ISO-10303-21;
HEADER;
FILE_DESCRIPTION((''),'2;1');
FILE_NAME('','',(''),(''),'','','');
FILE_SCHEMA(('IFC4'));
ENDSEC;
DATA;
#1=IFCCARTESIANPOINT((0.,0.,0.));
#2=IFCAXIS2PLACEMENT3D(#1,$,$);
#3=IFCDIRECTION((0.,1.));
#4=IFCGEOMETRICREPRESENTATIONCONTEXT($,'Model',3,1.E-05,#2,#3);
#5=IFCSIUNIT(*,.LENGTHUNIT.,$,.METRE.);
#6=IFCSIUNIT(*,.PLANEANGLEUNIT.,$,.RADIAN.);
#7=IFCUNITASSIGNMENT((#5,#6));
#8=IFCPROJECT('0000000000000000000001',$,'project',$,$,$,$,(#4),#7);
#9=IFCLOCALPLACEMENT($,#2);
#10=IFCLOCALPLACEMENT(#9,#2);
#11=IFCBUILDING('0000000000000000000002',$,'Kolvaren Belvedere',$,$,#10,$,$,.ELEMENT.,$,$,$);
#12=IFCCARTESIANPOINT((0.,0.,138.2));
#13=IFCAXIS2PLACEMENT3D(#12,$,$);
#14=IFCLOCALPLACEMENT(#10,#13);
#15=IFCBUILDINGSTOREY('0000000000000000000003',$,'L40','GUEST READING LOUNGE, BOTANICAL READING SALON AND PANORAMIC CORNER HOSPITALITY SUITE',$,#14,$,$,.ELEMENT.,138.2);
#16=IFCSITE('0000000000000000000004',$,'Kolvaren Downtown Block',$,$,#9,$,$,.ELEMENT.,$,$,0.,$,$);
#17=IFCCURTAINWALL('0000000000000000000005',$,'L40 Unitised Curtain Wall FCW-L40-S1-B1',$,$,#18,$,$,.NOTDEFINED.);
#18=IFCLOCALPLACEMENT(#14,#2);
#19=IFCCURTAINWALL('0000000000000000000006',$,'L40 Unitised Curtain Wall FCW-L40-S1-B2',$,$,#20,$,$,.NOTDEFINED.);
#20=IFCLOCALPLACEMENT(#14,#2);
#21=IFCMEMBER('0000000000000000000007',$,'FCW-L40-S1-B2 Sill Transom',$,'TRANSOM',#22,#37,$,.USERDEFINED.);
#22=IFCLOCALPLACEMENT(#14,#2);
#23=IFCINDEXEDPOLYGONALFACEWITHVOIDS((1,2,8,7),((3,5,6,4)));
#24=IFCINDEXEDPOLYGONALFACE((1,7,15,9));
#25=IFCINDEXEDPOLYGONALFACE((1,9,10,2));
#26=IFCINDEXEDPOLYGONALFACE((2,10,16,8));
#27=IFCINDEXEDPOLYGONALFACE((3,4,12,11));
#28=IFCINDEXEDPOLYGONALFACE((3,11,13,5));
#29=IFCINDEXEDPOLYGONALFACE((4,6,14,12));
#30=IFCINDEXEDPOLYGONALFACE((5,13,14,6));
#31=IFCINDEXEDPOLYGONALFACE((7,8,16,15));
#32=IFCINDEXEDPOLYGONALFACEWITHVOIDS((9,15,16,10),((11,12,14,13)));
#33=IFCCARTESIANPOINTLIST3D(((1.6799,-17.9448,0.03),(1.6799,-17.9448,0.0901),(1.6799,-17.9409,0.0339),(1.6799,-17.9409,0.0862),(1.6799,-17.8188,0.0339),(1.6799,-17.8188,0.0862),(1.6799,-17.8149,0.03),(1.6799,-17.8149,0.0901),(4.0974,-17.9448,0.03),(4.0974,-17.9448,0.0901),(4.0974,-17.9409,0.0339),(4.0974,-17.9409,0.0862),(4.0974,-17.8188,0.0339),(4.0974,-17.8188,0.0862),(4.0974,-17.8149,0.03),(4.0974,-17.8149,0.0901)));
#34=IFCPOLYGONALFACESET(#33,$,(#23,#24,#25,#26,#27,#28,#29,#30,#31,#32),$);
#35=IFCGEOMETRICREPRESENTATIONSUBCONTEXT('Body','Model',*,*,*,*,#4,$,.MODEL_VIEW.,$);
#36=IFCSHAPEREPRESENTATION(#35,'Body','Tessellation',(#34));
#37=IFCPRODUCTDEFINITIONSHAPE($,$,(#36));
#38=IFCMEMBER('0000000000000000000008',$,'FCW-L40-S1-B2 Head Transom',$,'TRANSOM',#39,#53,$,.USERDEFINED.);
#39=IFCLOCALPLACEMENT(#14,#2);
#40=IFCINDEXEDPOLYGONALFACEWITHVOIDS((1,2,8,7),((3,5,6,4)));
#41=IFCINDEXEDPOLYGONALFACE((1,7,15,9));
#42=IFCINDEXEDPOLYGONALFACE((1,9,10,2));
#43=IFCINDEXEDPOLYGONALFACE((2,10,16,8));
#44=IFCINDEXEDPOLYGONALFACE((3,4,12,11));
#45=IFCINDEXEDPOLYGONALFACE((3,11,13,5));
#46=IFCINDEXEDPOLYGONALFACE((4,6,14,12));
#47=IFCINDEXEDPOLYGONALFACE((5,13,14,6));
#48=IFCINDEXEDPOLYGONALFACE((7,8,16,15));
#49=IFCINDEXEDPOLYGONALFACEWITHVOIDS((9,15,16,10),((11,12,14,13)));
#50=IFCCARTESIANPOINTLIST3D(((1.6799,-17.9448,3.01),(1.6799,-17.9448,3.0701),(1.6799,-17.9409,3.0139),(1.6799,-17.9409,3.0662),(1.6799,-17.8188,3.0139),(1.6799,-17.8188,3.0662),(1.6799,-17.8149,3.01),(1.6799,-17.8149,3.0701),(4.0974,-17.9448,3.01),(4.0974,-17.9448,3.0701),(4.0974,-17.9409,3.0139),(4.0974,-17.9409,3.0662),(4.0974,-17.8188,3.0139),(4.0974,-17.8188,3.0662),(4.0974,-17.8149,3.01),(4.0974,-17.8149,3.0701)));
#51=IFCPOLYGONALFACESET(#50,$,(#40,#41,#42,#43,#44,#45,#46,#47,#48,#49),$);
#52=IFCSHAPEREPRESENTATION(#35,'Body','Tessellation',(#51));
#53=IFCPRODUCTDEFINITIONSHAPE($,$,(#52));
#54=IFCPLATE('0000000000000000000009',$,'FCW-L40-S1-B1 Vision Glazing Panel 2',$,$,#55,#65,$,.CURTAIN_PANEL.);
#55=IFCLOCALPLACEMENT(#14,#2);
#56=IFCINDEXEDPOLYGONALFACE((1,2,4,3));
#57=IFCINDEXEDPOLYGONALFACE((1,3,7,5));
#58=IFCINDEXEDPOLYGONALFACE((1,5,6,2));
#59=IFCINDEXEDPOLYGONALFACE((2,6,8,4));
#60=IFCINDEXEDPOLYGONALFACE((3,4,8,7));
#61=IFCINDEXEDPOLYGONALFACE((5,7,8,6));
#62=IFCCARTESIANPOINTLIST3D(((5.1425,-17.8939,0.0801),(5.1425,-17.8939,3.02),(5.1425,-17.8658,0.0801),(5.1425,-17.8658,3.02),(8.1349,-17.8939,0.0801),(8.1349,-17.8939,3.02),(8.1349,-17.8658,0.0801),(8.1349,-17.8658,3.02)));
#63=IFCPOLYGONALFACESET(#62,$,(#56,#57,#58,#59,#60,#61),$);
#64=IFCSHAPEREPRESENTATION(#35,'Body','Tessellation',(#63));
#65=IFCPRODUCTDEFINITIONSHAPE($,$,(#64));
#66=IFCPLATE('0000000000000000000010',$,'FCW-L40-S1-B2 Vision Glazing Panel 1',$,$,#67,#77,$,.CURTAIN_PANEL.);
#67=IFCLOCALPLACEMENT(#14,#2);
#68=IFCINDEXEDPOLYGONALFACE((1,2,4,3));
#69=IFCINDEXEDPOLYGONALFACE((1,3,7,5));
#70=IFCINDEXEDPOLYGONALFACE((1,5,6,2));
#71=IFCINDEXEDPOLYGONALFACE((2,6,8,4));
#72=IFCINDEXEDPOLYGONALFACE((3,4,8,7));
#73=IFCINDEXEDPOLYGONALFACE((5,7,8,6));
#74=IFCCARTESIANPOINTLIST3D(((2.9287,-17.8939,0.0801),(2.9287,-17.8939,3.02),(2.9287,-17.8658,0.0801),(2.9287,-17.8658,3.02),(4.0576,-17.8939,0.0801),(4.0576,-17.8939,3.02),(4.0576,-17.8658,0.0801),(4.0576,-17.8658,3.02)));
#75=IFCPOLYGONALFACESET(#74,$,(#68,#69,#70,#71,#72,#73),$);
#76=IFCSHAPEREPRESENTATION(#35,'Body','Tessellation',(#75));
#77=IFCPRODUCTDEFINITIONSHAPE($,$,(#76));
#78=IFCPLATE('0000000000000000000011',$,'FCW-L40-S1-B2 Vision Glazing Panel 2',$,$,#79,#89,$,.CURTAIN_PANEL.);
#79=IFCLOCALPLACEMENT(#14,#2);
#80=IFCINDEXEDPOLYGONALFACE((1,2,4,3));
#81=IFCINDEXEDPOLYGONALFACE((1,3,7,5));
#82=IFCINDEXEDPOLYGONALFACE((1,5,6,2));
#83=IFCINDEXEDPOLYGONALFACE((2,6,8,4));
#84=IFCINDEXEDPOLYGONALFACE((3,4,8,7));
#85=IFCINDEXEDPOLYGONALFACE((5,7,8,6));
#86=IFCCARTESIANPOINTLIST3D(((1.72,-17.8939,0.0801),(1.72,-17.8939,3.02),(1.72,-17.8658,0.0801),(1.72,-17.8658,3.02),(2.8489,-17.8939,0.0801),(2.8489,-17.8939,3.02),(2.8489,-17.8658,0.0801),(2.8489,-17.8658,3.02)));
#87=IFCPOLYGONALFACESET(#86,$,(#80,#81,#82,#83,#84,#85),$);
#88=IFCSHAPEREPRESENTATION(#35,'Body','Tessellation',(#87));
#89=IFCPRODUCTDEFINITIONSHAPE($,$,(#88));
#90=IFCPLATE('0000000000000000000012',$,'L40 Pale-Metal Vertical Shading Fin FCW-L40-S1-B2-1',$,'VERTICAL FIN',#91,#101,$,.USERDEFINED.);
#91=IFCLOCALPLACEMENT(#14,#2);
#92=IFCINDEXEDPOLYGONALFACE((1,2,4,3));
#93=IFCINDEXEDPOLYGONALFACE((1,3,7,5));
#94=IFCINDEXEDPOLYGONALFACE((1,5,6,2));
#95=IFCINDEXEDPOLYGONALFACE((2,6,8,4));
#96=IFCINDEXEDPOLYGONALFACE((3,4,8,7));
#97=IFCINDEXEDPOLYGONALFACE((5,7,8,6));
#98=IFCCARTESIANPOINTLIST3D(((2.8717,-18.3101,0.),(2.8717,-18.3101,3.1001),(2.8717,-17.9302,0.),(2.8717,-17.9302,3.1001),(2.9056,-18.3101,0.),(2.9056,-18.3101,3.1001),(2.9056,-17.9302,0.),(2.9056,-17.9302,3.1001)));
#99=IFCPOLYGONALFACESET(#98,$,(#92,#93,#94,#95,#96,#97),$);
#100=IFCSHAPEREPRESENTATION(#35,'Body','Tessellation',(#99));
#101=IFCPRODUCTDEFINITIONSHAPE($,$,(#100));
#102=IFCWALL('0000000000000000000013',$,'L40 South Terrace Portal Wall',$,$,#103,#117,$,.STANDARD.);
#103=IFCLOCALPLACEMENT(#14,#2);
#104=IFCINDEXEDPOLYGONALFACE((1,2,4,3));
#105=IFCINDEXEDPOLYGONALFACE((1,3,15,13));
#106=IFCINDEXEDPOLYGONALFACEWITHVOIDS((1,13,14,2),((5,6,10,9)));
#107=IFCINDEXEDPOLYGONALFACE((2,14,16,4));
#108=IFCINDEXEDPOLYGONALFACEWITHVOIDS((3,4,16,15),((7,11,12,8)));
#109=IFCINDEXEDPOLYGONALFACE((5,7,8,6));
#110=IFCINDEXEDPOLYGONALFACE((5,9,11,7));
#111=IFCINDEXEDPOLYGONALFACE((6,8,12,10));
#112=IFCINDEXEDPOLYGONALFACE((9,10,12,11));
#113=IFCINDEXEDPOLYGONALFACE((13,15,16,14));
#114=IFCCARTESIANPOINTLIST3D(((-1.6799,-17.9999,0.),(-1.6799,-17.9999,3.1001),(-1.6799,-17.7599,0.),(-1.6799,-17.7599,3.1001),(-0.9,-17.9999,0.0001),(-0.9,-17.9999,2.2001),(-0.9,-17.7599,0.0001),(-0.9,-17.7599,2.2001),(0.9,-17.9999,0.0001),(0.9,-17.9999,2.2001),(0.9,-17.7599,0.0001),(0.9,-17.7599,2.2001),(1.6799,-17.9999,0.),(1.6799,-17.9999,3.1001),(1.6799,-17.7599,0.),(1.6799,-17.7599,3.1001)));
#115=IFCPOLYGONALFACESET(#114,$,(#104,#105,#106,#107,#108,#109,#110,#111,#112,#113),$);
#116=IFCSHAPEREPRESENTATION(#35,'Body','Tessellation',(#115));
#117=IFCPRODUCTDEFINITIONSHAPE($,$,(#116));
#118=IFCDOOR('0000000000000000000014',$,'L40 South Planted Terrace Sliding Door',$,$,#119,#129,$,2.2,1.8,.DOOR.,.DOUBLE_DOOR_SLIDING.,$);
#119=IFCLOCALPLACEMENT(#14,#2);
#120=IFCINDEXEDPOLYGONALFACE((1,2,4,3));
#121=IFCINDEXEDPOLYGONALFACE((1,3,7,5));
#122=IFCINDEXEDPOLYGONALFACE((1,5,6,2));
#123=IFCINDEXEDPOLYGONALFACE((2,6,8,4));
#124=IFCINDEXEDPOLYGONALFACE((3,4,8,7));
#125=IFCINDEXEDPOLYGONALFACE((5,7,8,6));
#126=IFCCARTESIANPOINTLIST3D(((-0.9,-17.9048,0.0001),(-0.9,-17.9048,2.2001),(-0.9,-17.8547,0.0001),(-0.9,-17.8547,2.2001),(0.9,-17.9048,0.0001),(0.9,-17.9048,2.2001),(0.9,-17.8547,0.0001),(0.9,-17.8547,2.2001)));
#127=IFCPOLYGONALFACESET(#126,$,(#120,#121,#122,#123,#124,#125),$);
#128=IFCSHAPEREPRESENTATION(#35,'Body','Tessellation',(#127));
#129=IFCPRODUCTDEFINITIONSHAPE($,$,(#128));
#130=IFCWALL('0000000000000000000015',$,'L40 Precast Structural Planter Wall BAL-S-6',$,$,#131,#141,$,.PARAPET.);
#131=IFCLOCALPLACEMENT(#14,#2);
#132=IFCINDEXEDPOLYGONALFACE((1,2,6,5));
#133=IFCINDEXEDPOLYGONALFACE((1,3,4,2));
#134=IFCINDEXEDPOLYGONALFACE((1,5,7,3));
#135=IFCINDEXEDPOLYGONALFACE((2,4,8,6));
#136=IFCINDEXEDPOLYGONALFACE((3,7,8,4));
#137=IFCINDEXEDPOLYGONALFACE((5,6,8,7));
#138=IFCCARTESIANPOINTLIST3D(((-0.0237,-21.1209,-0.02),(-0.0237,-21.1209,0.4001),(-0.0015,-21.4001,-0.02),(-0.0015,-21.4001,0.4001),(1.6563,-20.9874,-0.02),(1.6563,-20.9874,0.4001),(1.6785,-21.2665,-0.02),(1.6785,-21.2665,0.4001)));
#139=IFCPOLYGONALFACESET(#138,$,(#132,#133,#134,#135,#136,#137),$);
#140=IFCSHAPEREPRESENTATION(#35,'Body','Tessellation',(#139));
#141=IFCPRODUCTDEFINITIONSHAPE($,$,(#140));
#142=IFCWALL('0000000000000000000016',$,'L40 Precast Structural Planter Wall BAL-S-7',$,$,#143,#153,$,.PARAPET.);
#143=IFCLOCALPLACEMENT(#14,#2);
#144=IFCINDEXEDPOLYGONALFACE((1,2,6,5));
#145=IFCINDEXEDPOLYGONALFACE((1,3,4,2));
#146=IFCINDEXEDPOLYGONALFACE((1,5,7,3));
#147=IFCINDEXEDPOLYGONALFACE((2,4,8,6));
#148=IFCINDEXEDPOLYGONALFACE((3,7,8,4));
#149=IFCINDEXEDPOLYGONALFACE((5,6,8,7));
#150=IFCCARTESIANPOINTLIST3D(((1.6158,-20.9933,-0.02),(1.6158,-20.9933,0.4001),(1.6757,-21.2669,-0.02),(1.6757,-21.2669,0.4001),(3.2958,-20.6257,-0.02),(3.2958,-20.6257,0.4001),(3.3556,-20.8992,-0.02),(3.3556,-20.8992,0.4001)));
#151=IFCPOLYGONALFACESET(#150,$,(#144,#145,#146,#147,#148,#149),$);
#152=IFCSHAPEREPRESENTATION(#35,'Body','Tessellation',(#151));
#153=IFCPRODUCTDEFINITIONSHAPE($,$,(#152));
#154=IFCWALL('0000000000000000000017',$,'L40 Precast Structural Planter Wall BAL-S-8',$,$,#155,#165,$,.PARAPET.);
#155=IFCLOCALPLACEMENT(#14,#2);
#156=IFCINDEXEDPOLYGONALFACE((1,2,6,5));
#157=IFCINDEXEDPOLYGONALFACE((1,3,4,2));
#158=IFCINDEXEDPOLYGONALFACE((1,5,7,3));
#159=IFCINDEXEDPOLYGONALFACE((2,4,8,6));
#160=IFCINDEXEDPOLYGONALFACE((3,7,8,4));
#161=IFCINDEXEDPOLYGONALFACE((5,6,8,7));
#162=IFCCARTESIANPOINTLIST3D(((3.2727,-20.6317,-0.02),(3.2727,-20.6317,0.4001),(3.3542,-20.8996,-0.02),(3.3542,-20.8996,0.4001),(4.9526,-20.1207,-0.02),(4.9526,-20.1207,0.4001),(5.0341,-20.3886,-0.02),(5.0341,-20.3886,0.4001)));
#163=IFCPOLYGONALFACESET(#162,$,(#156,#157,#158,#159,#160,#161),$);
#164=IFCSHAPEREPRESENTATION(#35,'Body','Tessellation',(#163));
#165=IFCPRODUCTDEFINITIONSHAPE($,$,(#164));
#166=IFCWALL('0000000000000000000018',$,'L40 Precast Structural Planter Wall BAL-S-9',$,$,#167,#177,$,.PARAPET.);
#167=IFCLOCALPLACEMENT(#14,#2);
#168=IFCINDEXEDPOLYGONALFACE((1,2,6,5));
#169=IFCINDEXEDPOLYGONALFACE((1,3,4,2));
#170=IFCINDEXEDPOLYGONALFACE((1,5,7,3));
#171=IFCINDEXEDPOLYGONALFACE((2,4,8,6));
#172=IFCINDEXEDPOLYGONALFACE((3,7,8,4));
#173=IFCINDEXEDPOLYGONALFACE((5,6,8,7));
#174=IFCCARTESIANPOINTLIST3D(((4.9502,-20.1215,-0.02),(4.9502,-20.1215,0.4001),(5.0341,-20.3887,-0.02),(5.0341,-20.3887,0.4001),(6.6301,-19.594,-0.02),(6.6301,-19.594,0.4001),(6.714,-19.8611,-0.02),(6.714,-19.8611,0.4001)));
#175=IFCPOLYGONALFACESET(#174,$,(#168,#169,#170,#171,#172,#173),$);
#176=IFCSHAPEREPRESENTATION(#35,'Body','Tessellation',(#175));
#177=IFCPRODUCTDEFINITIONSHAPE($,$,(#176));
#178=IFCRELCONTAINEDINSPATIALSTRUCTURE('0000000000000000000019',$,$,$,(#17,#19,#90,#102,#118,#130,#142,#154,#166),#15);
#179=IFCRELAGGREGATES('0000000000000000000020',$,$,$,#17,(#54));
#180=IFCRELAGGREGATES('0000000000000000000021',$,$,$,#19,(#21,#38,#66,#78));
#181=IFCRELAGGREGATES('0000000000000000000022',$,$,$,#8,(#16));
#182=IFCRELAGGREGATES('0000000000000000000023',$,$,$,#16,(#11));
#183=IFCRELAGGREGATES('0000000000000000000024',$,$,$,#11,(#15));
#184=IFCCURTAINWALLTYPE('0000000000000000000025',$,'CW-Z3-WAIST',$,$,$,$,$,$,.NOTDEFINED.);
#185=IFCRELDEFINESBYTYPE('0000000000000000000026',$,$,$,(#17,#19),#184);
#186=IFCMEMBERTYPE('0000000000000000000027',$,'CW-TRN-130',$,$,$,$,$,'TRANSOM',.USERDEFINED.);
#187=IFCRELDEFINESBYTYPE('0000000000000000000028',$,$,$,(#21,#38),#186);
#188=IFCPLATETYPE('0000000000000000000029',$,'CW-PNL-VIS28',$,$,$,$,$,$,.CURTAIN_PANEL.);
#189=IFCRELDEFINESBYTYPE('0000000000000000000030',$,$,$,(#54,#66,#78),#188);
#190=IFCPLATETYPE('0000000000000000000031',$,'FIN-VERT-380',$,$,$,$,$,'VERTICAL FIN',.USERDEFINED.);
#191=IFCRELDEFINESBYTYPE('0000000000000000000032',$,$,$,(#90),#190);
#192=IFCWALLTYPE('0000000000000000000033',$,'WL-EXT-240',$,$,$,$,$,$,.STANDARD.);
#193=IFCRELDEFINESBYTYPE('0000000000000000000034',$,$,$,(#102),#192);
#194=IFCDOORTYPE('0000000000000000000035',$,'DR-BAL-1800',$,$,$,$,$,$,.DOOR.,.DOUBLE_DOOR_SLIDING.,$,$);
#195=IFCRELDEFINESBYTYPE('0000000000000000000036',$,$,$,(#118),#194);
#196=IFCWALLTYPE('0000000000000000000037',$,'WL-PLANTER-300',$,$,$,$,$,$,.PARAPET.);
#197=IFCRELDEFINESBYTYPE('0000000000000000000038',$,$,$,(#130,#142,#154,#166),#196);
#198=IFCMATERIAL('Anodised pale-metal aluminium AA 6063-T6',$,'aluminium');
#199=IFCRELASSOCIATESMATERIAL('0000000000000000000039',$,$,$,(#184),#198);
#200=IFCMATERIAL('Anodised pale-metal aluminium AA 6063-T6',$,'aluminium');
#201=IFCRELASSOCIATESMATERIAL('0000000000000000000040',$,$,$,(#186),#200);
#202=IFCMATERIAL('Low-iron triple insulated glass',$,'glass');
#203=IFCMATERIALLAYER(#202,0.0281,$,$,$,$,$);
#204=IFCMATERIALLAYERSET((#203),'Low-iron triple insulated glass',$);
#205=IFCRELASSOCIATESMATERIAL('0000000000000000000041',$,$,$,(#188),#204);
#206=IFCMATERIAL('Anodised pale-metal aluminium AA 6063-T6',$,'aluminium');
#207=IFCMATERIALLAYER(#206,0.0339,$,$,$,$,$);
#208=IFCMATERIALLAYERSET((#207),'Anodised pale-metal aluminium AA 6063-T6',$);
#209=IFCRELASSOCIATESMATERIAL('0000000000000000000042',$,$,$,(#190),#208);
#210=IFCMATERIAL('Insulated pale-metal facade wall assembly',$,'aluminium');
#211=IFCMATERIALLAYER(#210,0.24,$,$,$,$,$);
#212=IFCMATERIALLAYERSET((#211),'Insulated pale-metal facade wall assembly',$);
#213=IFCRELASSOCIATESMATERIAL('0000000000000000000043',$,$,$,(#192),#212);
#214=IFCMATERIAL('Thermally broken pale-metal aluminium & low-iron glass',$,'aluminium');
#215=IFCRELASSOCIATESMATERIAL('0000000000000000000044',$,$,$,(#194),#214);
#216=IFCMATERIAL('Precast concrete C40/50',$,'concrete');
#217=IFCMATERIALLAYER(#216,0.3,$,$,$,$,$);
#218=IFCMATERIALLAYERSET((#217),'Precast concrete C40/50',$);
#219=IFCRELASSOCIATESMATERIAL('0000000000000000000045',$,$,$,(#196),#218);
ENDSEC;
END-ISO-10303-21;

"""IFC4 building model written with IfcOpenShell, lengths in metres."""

from ifc_helpers import new_model, si_unit, direction, frame, frame_2d, origin, origin_2d, place, context, subcontext, project, spatial, rectangle, hollow_rectangle, extrude, material, layer, layer_set, material_profile, profile_set, type_object, element, fill, aggregate, save


model = new_model("IFC4")

# Units and contexts
model_context = context("Model", 3, precision=1e-05, world=origin(), true_north=direction((0.0, 1.0)))
body_context = subcontext(model_context, "Body", "Model", "MODEL_VIEW")
ifc_project = project(units=[si_unit("LENGTHUNIT", "METRE"), si_unit("PLANEANGLEUNIT", "RADIAN")], contexts=[model_context])

# Site, building, storey
site_placement = place(None, origin())
site = spatial("IfcSite", under=ifc_project, at=site_placement, Name="Kolvaren Downtown Block", CompositionType="ELEMENT", RefElevation=0.0)
building_placement = place(site_placement, origin())
building = spatial("IfcBuilding", under=site, at=building_placement, Name="Kolvaren Belvedere", CompositionType="ELEMENT")
storey_placement = place(building_placement, frame((0.0, 0.0, 138.2)))
storey = spatial("IfcBuildingStorey", under=building, at=storey_placement, Name="L40", Description="GUEST READING LOUNGE, BOTANICAL READING SALON AND PANORAMIC CORNER HOSPITALITY SUITE", CompositionType="ELEMENT", Elevation=138.2)

# Curtain wall
ifc_material_1 = material(Name="Anodised pale-metal aluminium AA 6063-T6", Category="aluminium")
curtain_wall_type = type_object("IfcCurtainWallType", Name="CW-Z3-WAIST", PredefinedType="NOTDEFINED", material=ifc_material_1)
curtain_wall_1_placement = place(storey_placement, origin())
curtain_wall_1 = element("IfcCurtainWall", 1, at=curtain_wall_1_placement, inside=storey, type_object=curtain_wall_type, Name="L40 Unitised Curtain Wall FCW-L40-S1-B1", PredefinedType="NOTDEFINED")

# Curtain wall, members
curtain_wall_2_placement = place(storey_placement, origin())
curtain_wall_2 = element("IfcCurtainWall", 2, at=curtain_wall_2_placement, inside=storey, type_object=curtain_wall_type, Name="L40 Unitised Curtain Wall FCW-L40-S1-B2", PredefinedType="NOTDEFINED")
ifc_material_2 = material(Name="Anodised pale-metal aluminium AA 6063-T6", Category="aluminium")
ifc_material_profile_1 = material_profile(ifc_material_2, hollow_rectangle(XDim=0.0601, YDim=0.1299, WallThickness=0.0039, at=origin_2d()), Name="ALU-TRN-130X60")
ifc_profile_set_1 = profile_set([ifc_material_profile_1], Name="Anodised pale-metal aluminium AA 6063-T6")
member_type_1 = type_object("IfcMemberType", Name="CW-TRN-130", ElementType="TRANSOM", PredefinedType="USERDEFINED", material=ifc_profile_set_1)
member_1_placement = place(storey_placement, frame((4.0974, -17.8799, 0.0601), z_axis=(-1.0, 0.0, 0.0), x_axis=(0.0, 0.0, 1.0)))
member_1 = element("IfcMember", 3, at=member_1_placement, type_object=member_type_1, Name="FCW-L40-S1-B2 Sill Transom", ObjectType="TRANSOM", PredefinedType="USERDEFINED", context=body_context, shape_type="SweptSolid", body=[
    extrude(hollow_rectangle(XDim=0.0601, YDim=0.1299, WallThickness=0.0039, at=origin_2d()), origin(), (0.0, 0.0, 1.0), 2.4175),
])
member_2_placement = place(storey_placement, frame((4.0974, -17.8799, 3.04), z_axis=(-1.0, 0.0, 0.0), x_axis=(0.0, 0.0, 1.0)))
member_2 = element("IfcMember", 4, at=member_2_placement, type_object=member_type_1, Name="FCW-L40-S1-B2 Head Transom", ObjectType="TRANSOM", PredefinedType="USERDEFINED", context=body_context, shape_type="SweptSolid", body=[
    extrude(hollow_rectangle(XDim=0.0601, YDim=0.1299, WallThickness=0.0039, at=origin_2d()), origin(), (0.0, 0.0, 1.0), 2.4175),
])

# Plates
ifc_material_3 = material(Name="Low-iron triple insulated glass", Category="glass")
ifc_layer_1 = layer(ifc_material_3, 0.0281)
ifc_layer_set_1 = layer_set([ifc_layer_1], Name="Low-iron triple insulated glass")
plate_type_1 = type_object("IfcPlateType", Name="CW-PNL-VIS28", PredefinedType="CURTAIN_PANEL", material=ifc_layer_set_1)
plate_1_placement = place(storey_placement, frame((6.6387, -17.8799, 0.0801), z_axis=(0.0, 0.0, 1.0), x_axis=(-1.0, 0.0, 0.0)))
plate_1 = element("IfcPlate", 5, at=plate_1_placement, type_object=plate_type_1, Name="FCW-L40-S1-B1 Vision Glazing Panel 2", PredefinedType="CURTAIN_PANEL", context=body_context, shape_type="SweptSolid", body=[
    extrude(rectangle(XDim=2.9924, YDim=0.0281, at=origin_2d()), origin(), (0.0, 0.0, 1.0), 2.9399),
])
aggregate(curtain_wall_1, [plate_1])
plate_2_placement = place(storey_placement, frame((3.4932, -17.8799, 0.0801), z_axis=(0.0, 0.0, 1.0), x_axis=(-1.0, 0.0, 0.0)))
plate_2 = element("IfcPlate", 6, at=plate_2_placement, type_object=plate_type_1, Name="FCW-L40-S1-B2 Vision Glazing Panel 1", PredefinedType="CURTAIN_PANEL", context=body_context, shape_type="SweptSolid", body=[
    extrude(rectangle(XDim=1.1289, YDim=0.0281, at=origin_2d()), origin(), (0.0, 0.0, 1.0), 2.9399),
])
plate_3_placement = place(storey_placement, frame((2.2844, -17.8799, 0.0801), z_axis=(0.0, 0.0, 1.0), x_axis=(-1.0, 0.0, 0.0)))
plate_3 = element("IfcPlate", 7, at=plate_3_placement, type_object=plate_type_1, Name="FCW-L40-S1-B2 Vision Glazing Panel 2", PredefinedType="CURTAIN_PANEL", context=body_context, shape_type="SweptSolid", body=[
    extrude(rectangle(XDim=1.1289, YDim=0.0281, at=origin_2d()), origin(), (0.0, 0.0, 1.0), 2.9399),
])
aggregate(curtain_wall_2, [member_1, member_2, plate_2, plate_3])
ifc_material_4 = material(Name="Anodised pale-metal aluminium AA 6063-T6", Category="aluminium")
ifc_layer_2 = layer(ifc_material_4, 0.0339)
ifc_layer_set_2 = layer_set([ifc_layer_2], Name="Anodised pale-metal aluminium AA 6063-T6")
plate_type_2 = type_object("IfcPlateType", Name="FIN-VERT-380", ElementType="VERTICAL FIN", PredefinedType="USERDEFINED", material=ifc_layer_set_2)
plate_4_placement = place(storey_placement, frame((2.8887, -18.1201, 0.0), z_axis=(0.0, 0.0, 1.0), x_axis=(0.0, 1.0, 0.0)))
element("IfcPlate", 8, at=plate_4_placement, inside=storey, type_object=plate_type_2, Name="L40 Pale-Metal Vertical Shading Fin FCW-L40-S1-B2-1", ObjectType="VERTICAL FIN", PredefinedType="USERDEFINED", context=body_context, shape_type="SweptSolid", body=[
    extrude(rectangle(XDim=0.3799, YDim=0.0339, at=origin_2d()), origin(), (0.0, 0.0, 1.0), 3.1001),
])

# Wall, opening, door
ifc_material_5 = material(Name="Insulated pale-metal facade wall assembly", Category="aluminium")
ifc_layer_3 = layer(ifc_material_5, 0.24)
ifc_layer_set_3 = layer_set([ifc_layer_3], Name="Insulated pale-metal facade wall assembly")
wall_type_1 = type_object("IfcWallType", Name="WL-EXT-240", PredefinedType="STANDARD", material=ifc_layer_set_3)
wall_1_placement = place(storey_placement, frame((1.6799, -17.8799, 0.0), z_axis=(0.0, 0.0, 1.0), x_axis=(-1.0, 0.0, 0.0)))
wall_1 = element("IfcWall", 9, at=wall_1_placement, inside=storey, type_object=wall_type_1, Name="L40 South Terrace Portal Wall", PredefinedType="STANDARD", context=body_context, shape_type="SweptSolid", body=[
    extrude(rectangle(XDim=3.3599, YDim=0.24, at=frame_2d((1.6799, 0.0))), origin(), (0.0, 0.0, 1.0), 3.1001),
])
opening_placement = place(wall_1_placement, frame((0.78, 0.0, 0.0)))
opening = element("IfcOpeningElement", 10, at=opening_placement, cuts=wall_1, PredefinedType="OPENING", context=body_context, shape_type="SweptSolid", body=[
    extrude(rectangle(XDim=1.8, YDim=2.2, at=frame_2d((0.8999, 1.1001))), frame((0.0, 0.1299, 0.0), z_axis=(0.0, -1.0, 0.0), x_axis=(1.0, 0.0, 0.0)), (0.0, 0.0, 1.0), 0.26),
])
ifc_material_6 = material(Name="Thermally broken pale-metal aluminium & low-iron glass", Category="aluminium")
door_type = type_object("IfcDoorType", Name="DR-BAL-1800", OperationType="DOUBLE_DOOR_SLIDING", PredefinedType="DOOR", material=ifc_material_6)
door_placement = place(opening_placement, origin())
door = element("IfcDoor", 11, at=door_placement, inside=storey, type_object=door_type, Name="L40 South Planted Terrace Sliding Door", OperationType="DOUBLE_DOOR_SLIDING", OverallHeight=2.2, OverallWidth=1.8, PredefinedType="DOOR", context=body_context, shape_type="SweptSolid", body=[
    extrude(rectangle(XDim=1.8, YDim=2.2, at=frame_2d((0.8999, 1.1001))), frame((0.0, 0.0249, 0.0), z_axis=(0.0, -1.0, 0.0), x_axis=(1.0, 0.0, 0.0)), (0.0, 0.0, 1.0), 0.05),
])
fill(opening, door)

# Walls
ifc_material_7 = material(Name="Precast concrete C40/50", Category="concrete")
ifc_layer_4 = layer(ifc_material_7, 0.3)
ifc_layer_set_4 = layer_set([ifc_layer_4], Name="Precast concrete C40/50")
wall_type_2 = type_object("IfcWallType", Name="WL-PLANTER-300", PredefinedType="PARAPET", material=ifc_layer_set_4)
wall_2_placement = place(storey_placement, frame((-0.0127, -21.2605, -0.02), z_axis=(0.0, 0.0, 1.0), x_axis=(0.996855, 0.079244, 0.0)))
element("IfcWall", 12, at=wall_2_placement, inside=storey, type_object=wall_type_2, Name="L40 Precast Structural Planter Wall BAL-S-6", PredefinedType="PARAPET", context=body_context, shape_type="SweptSolid", body=[
    extrude(rectangle(XDim=1.6853, YDim=0.28, at=frame_2d((0.8428, 0.0))), origin(), (0.0, 0.0, 1.0), 0.4202),
])
wall_3_placement = place(storey_placement, frame((1.6458, -21.1301, -0.02), z_axis=(0.0, 0.0, 1.0), x_axis=(0.976877, 0.213803, 0.0)))
element("IfcWall", 13, at=wall_3_placement, inside=storey, type_object=wall_type_2, Name="L40 Precast Structural Planter Wall BAL-S-7", PredefinedType="PARAPET", context=body_context, shape_type="SweptSolid", body=[
    extrude(rectangle(XDim=1.7197, YDim=0.28, at=frame_2d((0.8599, 0.0))), origin(), (0.0, 0.0, 1.0), 0.4202),
])
wall_4_placement = place(storey_placement, frame((3.3135, -20.7656, -0.02), z_axis=(0.0, 0.0, 1.0), x_axis=(0.956721, 0.291007, 0.0)))
element("IfcWall", 14, at=wall_4_placement, inside=storey, type_object=wall_type_2, Name="L40 Precast Structural Planter Wall BAL-S-8", PredefinedType="PARAPET", context=body_context, shape_type="SweptSolid", body=[
    extrude(rectangle(XDim=1.7559, YDim=0.28, at=frame_2d((0.8779, 0.0))), origin(), (0.0, 0.0, 1.0), 0.4202),
])
wall_5_placement = place(storey_placement, frame((4.9922, -20.2551, -0.02), z_axis=(0.0, 0.0, 1.0), x_axis=(0.954057, 0.299625, 0.0)))
element("IfcWall", 15, at=wall_5_placement, inside=storey, type_object=wall_type_2, Name="L40 Precast Structural Planter Wall BAL-S-9", PredefinedType="PARAPET", context=body_context, shape_type="SweptSolid", body=[
    extrude(rectangle(XDim=1.7607, YDim=0.28, at=frame_2d((0.8804, 0.0))), origin(), (0.0, 0.0, 1.0), 0.4202),
])

save(model, "model.ifc")
